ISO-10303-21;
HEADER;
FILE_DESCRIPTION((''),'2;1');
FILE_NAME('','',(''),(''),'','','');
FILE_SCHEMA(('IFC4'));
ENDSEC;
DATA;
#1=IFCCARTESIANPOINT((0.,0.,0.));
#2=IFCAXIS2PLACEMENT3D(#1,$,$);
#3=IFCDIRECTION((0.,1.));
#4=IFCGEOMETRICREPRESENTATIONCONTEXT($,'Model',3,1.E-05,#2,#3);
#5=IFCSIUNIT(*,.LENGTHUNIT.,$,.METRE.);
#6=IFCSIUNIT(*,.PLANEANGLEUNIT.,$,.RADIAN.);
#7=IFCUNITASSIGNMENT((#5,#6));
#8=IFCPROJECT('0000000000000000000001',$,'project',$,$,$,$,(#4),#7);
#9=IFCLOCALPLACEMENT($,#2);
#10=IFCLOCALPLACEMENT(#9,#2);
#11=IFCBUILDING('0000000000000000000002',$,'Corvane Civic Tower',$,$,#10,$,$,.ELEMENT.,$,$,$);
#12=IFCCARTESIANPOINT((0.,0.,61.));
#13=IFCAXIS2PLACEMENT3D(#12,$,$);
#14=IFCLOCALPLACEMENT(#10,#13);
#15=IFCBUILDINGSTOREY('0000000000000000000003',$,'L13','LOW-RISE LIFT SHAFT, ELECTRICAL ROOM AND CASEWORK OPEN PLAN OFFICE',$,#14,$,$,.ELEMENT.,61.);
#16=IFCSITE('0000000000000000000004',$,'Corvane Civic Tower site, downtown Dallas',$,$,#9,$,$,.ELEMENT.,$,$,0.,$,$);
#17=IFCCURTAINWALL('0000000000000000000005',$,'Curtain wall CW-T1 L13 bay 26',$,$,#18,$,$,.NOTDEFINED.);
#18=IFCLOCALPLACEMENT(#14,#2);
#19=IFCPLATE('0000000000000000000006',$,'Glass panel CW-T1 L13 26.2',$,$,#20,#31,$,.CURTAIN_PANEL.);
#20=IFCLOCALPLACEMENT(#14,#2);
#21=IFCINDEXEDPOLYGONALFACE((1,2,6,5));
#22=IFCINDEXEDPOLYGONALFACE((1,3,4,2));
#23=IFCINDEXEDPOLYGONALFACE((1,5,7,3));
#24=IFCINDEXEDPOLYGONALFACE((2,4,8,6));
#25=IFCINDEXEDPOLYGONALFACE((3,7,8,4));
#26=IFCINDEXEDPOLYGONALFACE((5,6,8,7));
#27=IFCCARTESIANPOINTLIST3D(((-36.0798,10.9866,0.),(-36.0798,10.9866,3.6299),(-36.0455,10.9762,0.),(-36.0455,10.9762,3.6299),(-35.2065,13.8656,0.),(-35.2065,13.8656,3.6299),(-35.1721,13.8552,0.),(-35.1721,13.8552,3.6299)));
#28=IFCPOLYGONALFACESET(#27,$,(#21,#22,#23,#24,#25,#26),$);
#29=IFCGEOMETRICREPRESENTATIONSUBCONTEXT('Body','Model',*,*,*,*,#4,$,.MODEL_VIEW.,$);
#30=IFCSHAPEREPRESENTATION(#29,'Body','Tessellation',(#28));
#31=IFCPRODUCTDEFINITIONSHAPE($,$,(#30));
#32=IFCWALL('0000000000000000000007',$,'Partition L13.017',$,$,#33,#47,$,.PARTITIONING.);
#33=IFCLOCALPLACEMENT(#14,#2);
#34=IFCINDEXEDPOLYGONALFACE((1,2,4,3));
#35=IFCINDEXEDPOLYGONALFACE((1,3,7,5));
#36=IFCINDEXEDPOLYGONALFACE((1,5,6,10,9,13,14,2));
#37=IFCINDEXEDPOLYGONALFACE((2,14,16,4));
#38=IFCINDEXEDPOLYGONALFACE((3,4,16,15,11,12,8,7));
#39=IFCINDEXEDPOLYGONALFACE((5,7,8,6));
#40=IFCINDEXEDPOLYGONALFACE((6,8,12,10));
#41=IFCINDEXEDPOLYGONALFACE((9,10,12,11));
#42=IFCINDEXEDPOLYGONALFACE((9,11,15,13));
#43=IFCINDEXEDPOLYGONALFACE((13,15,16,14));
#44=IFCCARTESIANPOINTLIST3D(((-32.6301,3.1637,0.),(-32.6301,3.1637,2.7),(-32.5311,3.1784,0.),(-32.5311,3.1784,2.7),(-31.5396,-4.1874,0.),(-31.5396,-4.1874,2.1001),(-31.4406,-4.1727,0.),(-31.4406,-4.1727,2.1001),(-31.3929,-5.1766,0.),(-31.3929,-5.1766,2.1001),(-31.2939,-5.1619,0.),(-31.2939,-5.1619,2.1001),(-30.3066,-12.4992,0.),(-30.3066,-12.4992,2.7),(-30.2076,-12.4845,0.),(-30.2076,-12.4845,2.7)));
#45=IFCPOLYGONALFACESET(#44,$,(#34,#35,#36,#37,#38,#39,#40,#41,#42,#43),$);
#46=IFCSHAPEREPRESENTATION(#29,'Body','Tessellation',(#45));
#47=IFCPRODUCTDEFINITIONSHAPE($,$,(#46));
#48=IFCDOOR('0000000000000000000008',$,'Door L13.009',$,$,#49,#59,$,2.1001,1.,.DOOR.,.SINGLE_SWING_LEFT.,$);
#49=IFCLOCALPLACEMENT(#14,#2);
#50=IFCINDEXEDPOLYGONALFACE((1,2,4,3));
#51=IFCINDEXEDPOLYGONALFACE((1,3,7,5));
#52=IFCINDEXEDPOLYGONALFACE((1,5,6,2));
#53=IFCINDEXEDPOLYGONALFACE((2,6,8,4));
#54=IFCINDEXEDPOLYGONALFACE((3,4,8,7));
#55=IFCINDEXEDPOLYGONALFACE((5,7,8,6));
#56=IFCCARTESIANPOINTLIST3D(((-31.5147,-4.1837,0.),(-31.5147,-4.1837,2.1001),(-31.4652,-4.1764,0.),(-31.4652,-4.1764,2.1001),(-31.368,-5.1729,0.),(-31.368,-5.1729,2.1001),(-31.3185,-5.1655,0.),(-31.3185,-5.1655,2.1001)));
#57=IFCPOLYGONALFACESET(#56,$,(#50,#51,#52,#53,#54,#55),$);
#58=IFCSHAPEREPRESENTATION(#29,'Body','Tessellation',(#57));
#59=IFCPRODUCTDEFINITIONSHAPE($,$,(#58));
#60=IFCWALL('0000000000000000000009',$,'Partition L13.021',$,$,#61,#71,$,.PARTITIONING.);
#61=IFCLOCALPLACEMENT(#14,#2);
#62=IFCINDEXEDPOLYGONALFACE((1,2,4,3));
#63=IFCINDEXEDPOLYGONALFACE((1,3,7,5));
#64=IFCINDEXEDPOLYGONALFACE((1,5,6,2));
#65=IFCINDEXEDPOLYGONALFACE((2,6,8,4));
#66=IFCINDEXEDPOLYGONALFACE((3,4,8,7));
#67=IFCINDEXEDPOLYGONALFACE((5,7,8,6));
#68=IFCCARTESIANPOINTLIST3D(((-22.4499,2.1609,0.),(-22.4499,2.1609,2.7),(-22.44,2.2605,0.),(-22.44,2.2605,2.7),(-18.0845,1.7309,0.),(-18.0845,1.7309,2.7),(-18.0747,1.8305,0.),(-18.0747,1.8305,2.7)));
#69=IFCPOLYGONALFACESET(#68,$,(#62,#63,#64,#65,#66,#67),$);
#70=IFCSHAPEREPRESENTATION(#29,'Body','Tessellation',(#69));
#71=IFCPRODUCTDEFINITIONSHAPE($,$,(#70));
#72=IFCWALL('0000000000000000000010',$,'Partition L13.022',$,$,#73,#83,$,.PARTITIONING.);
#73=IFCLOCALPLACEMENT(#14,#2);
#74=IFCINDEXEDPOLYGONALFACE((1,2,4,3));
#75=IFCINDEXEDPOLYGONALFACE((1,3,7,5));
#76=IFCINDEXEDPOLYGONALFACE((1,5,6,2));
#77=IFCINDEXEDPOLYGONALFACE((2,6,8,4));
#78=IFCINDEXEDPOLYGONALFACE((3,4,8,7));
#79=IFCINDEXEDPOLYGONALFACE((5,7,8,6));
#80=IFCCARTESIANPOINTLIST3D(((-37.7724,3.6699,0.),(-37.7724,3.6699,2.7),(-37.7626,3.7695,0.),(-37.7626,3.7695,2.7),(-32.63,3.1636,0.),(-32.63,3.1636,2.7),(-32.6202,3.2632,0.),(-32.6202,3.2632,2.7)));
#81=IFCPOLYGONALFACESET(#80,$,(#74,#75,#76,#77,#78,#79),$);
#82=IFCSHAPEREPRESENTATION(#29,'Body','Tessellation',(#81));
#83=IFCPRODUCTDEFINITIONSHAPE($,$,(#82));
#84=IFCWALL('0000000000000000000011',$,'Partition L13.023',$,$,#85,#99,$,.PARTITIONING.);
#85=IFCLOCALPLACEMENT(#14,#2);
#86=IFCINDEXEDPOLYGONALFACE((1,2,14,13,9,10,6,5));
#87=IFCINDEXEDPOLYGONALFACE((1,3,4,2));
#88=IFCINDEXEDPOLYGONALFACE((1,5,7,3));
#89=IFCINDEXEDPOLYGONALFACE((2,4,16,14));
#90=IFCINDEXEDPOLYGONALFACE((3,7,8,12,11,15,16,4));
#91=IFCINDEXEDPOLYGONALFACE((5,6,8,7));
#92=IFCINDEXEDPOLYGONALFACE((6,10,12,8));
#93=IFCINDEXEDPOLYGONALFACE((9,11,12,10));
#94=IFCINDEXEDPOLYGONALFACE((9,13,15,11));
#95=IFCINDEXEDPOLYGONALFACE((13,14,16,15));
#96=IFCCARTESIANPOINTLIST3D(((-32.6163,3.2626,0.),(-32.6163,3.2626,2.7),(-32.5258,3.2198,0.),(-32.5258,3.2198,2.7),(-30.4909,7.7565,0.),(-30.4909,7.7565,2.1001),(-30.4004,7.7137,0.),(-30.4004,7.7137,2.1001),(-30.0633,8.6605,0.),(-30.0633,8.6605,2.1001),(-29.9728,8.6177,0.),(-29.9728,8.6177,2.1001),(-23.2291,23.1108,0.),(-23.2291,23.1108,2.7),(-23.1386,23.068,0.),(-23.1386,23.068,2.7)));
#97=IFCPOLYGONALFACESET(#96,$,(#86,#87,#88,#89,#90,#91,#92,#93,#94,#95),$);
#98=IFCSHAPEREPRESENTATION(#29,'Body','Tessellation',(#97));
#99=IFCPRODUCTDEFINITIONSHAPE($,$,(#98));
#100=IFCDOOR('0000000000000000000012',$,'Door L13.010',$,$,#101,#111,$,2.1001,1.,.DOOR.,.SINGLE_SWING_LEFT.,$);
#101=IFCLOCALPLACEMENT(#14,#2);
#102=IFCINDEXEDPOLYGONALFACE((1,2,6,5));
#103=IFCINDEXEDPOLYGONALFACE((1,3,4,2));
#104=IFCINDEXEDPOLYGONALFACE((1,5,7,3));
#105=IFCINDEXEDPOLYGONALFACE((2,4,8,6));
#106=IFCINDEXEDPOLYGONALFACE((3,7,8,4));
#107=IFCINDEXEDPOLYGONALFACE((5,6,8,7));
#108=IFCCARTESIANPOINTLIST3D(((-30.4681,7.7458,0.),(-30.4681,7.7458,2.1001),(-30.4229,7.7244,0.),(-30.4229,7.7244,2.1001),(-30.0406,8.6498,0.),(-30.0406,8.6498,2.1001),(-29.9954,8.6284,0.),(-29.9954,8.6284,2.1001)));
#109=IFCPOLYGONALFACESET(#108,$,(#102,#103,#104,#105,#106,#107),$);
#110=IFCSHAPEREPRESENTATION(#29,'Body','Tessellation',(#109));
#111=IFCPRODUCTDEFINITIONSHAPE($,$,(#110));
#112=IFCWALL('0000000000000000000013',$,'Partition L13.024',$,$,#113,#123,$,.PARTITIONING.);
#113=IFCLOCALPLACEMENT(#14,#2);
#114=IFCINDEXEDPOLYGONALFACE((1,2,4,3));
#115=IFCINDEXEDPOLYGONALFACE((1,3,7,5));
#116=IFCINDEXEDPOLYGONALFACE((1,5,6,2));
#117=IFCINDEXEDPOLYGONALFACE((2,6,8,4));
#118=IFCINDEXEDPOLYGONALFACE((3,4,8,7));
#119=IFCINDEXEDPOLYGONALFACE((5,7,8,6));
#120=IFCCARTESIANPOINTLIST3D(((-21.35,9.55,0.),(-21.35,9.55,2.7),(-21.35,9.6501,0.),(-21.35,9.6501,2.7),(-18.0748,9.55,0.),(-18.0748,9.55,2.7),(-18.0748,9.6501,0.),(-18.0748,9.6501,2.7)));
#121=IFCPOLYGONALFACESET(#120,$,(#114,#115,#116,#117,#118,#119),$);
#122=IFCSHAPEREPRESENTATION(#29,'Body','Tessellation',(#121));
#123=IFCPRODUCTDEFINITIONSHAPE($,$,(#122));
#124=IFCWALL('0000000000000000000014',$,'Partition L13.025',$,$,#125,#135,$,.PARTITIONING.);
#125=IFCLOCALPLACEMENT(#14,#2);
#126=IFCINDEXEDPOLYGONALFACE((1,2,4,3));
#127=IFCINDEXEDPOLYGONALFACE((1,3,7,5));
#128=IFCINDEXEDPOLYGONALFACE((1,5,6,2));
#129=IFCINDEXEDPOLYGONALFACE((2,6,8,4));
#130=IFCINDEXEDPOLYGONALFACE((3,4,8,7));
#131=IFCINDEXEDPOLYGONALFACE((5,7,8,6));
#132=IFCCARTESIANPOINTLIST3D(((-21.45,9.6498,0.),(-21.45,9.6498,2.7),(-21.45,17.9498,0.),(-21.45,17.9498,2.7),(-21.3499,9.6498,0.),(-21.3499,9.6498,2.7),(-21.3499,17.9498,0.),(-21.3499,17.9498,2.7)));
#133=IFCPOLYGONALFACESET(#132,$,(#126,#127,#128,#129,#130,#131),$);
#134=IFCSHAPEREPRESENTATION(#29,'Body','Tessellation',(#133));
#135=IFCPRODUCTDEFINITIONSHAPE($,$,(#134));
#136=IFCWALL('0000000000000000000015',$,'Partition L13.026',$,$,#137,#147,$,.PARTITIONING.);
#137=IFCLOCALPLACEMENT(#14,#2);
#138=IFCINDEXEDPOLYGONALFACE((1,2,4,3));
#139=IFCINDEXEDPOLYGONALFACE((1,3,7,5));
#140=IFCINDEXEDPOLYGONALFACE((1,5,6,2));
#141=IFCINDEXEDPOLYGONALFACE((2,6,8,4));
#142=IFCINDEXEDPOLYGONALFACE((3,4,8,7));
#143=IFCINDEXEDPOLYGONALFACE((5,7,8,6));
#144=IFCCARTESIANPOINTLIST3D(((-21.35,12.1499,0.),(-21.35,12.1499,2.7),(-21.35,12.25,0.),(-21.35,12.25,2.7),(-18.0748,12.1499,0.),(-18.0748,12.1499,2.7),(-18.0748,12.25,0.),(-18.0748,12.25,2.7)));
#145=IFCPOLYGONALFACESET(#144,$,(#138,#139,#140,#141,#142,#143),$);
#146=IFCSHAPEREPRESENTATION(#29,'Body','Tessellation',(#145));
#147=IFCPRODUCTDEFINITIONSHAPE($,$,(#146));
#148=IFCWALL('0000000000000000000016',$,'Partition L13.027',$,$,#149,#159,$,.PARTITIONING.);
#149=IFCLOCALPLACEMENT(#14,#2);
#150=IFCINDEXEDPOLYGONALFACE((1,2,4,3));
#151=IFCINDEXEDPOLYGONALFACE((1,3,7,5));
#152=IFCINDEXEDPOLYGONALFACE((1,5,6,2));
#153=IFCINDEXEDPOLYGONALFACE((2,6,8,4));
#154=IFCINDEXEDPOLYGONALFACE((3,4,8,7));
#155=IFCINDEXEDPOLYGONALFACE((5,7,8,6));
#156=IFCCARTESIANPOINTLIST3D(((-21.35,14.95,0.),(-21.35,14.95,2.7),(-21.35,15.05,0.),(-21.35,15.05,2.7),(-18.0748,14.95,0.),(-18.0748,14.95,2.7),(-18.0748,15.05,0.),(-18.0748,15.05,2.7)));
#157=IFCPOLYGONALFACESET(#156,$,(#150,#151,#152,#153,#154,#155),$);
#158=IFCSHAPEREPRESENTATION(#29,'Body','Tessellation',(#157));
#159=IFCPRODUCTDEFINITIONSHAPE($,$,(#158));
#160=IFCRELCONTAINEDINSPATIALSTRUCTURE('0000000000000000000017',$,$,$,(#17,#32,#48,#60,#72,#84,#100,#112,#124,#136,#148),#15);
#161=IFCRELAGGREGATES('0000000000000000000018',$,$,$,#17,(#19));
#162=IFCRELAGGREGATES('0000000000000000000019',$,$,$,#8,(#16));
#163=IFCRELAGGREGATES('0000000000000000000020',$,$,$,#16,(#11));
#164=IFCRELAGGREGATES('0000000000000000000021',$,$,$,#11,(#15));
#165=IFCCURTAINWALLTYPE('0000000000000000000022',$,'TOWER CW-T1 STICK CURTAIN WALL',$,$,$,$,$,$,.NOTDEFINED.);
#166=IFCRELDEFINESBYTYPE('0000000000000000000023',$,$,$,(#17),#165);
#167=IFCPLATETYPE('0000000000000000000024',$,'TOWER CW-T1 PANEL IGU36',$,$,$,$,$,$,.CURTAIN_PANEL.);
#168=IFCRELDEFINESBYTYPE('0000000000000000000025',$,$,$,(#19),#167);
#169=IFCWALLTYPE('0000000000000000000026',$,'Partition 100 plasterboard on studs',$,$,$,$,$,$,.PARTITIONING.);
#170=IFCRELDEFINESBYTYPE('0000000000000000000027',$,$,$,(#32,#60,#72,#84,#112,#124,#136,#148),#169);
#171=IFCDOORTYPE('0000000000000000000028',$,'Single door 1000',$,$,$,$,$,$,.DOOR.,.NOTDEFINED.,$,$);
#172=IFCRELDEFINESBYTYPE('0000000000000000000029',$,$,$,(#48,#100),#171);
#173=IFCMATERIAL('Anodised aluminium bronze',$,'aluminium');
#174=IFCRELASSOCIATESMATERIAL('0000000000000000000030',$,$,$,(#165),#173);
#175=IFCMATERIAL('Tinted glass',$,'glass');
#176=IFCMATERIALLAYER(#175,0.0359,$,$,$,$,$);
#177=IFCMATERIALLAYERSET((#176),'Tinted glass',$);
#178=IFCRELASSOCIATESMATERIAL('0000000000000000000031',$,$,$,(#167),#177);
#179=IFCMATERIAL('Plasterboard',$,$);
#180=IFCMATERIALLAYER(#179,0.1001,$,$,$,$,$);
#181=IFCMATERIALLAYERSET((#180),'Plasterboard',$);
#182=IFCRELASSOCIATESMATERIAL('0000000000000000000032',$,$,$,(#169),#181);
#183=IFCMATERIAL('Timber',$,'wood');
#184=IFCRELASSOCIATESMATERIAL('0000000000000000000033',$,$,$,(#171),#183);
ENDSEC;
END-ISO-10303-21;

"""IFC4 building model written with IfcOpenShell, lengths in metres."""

from ifc_helpers import new_model, si_unit, direction, frame, frame_2d, origin, origin_2d, place, context, subcontext, project, spatial, rectangle, extrude, material, layer, layer_set, type_object, element, fill, aggregate, save


model = new_model("IFC4")

# Units and contexts
model_context = context("Model", 3, precision=1e-05, world=origin(), true_north=direction((0.0, 1.0)))
body_context = subcontext(model_context, "Body", "Model", "MODEL_VIEW")
ifc_project = project(units=[si_unit("LENGTHUNIT", "METRE"), si_unit("PLANEANGLEUNIT", "RADIAN")], contexts=[model_context])

# Site, building, storey
site_placement = place(None, origin())
site = spatial("IfcSite", under=ifc_project, at=site_placement, Name="Corvane Civic Tower site, downtown Dallas", CompositionType="ELEMENT", RefElevation=0.0)
building_placement = place(site_placement, origin())
building = spatial("IfcBuilding", under=site, at=building_placement, Name="Corvane Civic Tower", CompositionType="ELEMENT")
storey_placement = place(building_placement, frame((0.0, 0.0, 61.0)))
storey = spatial("IfcBuildingStorey", under=building, at=storey_placement, Name="L13", Description="LOW-RISE LIFT SHAFT, ELECTRICAL ROOM AND CASEWORK OPEN PLAN OFFICE", CompositionType="ELEMENT", Elevation=61.0)

# Curtain wall
ifc_material_1 = material(Name="Anodised aluminium bronze", Category="aluminium")
curtain_wall_type = type_object("IfcCurtainWallType", Name="TOWER CW-T1 STICK CURTAIN WALL", PredefinedType="NOTDEFINED", material=ifc_material_1)
curtain_wall_1_placement = place(storey_placement, origin())
curtain_wall_1 = element("IfcCurtainWall", 1, at=curtain_wall_1_placement, inside=storey, type_object=curtain_wall_type, Name="Curtain wall CW-T1 L13 bay 26", PredefinedType="NOTDEFINED")

# Plate
ifc_material_2 = material(Name="Tinted glass", Category="glass")
ifc_layer_1 = layer(ifc_material_2, 0.0359)
ifc_layer_set_1 = layer_set([ifc_layer_1], Name="Tinted glass")
plate_type = type_object("IfcPlateType", Name="TOWER CW-T1 PANEL IGU36", PredefinedType="CURTAIN_PANEL", material=ifc_layer_set_1)
plate_1_placement = place(storey_placement, frame((-35.626, 12.4209, 0.0), z_axis=(0.0, 0.0, 1.0), x_axis=(0.290278, 0.956942, 0.0)))
plate_1 = element("IfcPlate", 2, at=plate_1_placement, type_object=plate_type, Name="Glass panel CW-T1 L13 26.2", PredefinedType="CURTAIN_PANEL", context=body_context, shape_type="SweptSolid", body=[
    extrude(rectangle(XDim=3.0085, YDim=0.0359, at=origin_2d()), origin(), (0.0, 0.0, 1.0), 3.6299),
])
aggregate(curtain_wall_1, [plate_1])

# Wall, opening, door
ifc_material_3 = material(Name="Plasterboard")
ifc_layer_2 = layer(ifc_material_3, 0.1001)
ifc_layer_set_2 = layer_set([ifc_layer_2], Name="Plasterboard")
wall_type = type_object("IfcWallType", Name="Partition 100 plasterboard on studs", PredefinedType="PARTITIONING", material=ifc_layer_set_2)
wall_1_placement = place(storey_placement, frame((-32.5806, 3.1709, 0.0), z_axis=(0.0, 0.0, 1.0), x_axis=(0.146738, -0.989175, 0.0)))
wall_1 = element("IfcWall", 3, at=wall_1_placement, inside=storey, type_object=wall_type, Name="Partition L13.017", PredefinedType="PARTITIONING", context=body_context, shape_type="SweptSolid", body=[
    extrude(rectangle(XDim=15.8342, YDim=0.1001, at=frame_2d((7.917, 0.0))), origin(), (0.0, 0.0, 1.0), 2.7),
])
opening_1_placement = place(wall_1_placement, frame((7.4314, 0.0, 0.0)))
opening_1 = element("IfcOpeningElement", 4, at=opening_1_placement, cuts=wall_1, PredefinedType="OPENING", context=body_context, shape_type="SweptSolid", body=[
    extrude(rectangle(XDim=1.0, YDim=2.1001, at=frame_2d((0.5, 1.05))), frame((0.0, 0.0601, 0.0), z_axis=(0.0, -1.0, 0.0), x_axis=(1.0, 0.0, 0.0)), (0.0, 0.0, 1.0), 0.1201),
])
ifc_material_4 = material(Name="Timber", Category="wood")
door_type = type_object("IfcDoorType", Name="Single door 1000", OperationType="NOTDEFINED", PredefinedType="DOOR", material=ifc_material_4)
door_1_placement = place(opening_1_placement, frame((1.0, 0.0, 0.0), z_axis=(0.0, 0.0, 1.0), x_axis=(-1.0, 0.0, 0.0)))
door_1 = element("IfcDoor", 5, at=door_1_placement, inside=storey, type_object=door_type, Name="Door L13.009", OperationType="SINGLE_SWING_LEFT", OverallHeight=2.1001, OverallWidth=1.0, PredefinedType="DOOR", context=body_context, shape_type="SweptSolid", body=[
    extrude(rectangle(XDim=1.0, YDim=2.1001, at=frame_2d((0.5, 1.05))), frame((0.0, 0.0249, 0.0), z_axis=(0.0, -1.0, 0.0), x_axis=(1.0, 0.0, 0.0)), (0.0, 0.0, 1.0), 0.05),
])
fill(opening_1, door_1)

# Walls
wall_2_placement = place(storey_placement, frame((-22.4451, 2.2107, 0.0), z_axis=(0.0, 0.0, 1.0), x_axis=(0.995185, -0.098016, 0.0)))
element("IfcWall", 6, at=wall_2_placement, inside=storey, type_object=wall_type, Name="Partition L13.021", PredefinedType="PARTITIONING", context=body_context, shape_type="SweptSolid", body=[
    extrude(rectangle(XDim=4.3865, YDim=0.1001, at=frame_2d((2.1934, 0.0))), origin(), (0.0, 0.0, 1.0), 2.7),
])
wall_3_placement = place(storey_placement, frame((-37.7673, 3.7197, 0.0), z_axis=(0.0, 0.0, 1.0), x_axis=(0.995187, -0.097993, 0.0)))
element("IfcWall", 7, at=wall_3_placement, inside=storey, type_object=wall_type, Name="Partition L13.022", PredefinedType="PARTITIONING", context=body_context, shape_type="SweptSolid", body=[
    extrude(rectangle(XDim=5.1672, YDim=0.1001, at=frame_2d((2.5835, 0.0))), origin(), (0.0, 0.0, 1.0), 2.7),
])

# Wall, opening, door
wall_4_placement = place(storey_placement, frame((-32.571, 3.2412, 0.0), z_axis=(0.0, 0.0, 1.0), x_axis=(0.427545, 0.903994, 0.0)))
wall_4 = element("IfcWall", 8, at=wall_4_placement, inside=storey, type_object=wall_type, Name="Partition L13.023", PredefinedType="PARTITIONING", context=body_context, shape_type="SweptSolid", body=[
    extrude(rectangle(XDim=21.9561, YDim=0.1001, at=frame_2d((10.978, 0.0))), origin(), (0.0, 0.0, 1.0), 2.7),
])
opening_2_placement = place(wall_4_placement, frame((4.9712, 0.0, 0.0)))
opening_2 = element("IfcOpeningElement", 9, at=opening_2_placement, cuts=wall_4, PredefinedType="OPENING", context=body_context, shape_type="SweptSolid", body=[
    extrude(rectangle(XDim=1.0, YDim=2.1001, at=frame_2d((0.5, 1.05))), frame((0.0, 0.0601, 0.0), z_axis=(0.0, -1.0, 0.0), x_axis=(1.0, 0.0, 0.0)), (0.0, 0.0, 1.0), 0.1201),
])
door_2_placement = place(opening_2_placement, origin())
door_2 = element("IfcDoor", 10, at=door_2_placement, inside=storey, type_object=door_type, Name="Door L13.010", OperationType="SINGLE_SWING_LEFT", OverallHeight=2.1001, OverallWidth=1.0, PredefinedType="DOOR", context=body_context, shape_type="SweptSolid", body=[
    extrude(rectangle(XDim=1.0, YDim=2.1001, at=frame_2d((0.5, 1.05))), frame((0.0, 0.0249, 0.0), z_axis=(0.0, -1.0, 0.0), x_axis=(1.0, 0.0, 0.0)), (0.0, 0.0, 1.0), 0.05),
])
fill(opening_2, door_2)

# Walls
wall_5_placement = place(storey_placement, frame((-21.3501, 9.6001, 0.0), z_axis=(0.0, 0.0, 1.0), x_axis=(1.0, 0.0, 0.0)))
element("IfcWall", 11, at=wall_5_placement, inside=storey, type_object=wall_type, Name="Partition L13.024", PredefinedType="PARTITIONING", context=body_context, shape_type="SweptSolid", body=[
    extrude(rectangle(XDim=3.2751, YDim=0.1001, at=frame_2d((1.6377, 0.0))), origin(), (0.0, 0.0, 1.0), 2.7),
])
wall_6_placement = place(storey_placement, frame((-21.3999, 9.6499, 0.0), z_axis=(0.0, 0.0, 1.0), x_axis=(0.0, 1.0, 0.0)))
element("IfcWall", 12, at=wall_6_placement, inside=storey, type_object=wall_type, Name="Partition L13.025", PredefinedType="PARTITIONING", context=body_context, shape_type="SweptSolid", body=[
    extrude(rectangle(XDim=8.3, YDim=0.1001, at=frame_2d((4.1499, 0.0))), origin(), (0.0, 0.0, 1.0), 2.7),
])
for number, where, z_axis, x_axis, name in (
    (13, (-21.3501, 12.2, 0.0), (0.0, 0.0, 1.0), (1.0, 0.0, 0.0), "Partition L13.026"),
    (14, (-21.3501, 15.0, 0.0), (0.0, 0.0, 1.0), (1.0, 0.0, 0.0), "Partition L13.027"),
):
    element("IfcWall", number, at=place(storey_placement, frame(where, z_axis=z_axis, x_axis=x_axis)), inside=storey, type_object=wall_type, Name=name, PredefinedType="PARTITIONING", context=body_context, shape_type="SweptSolid", body=[
        extrude(rectangle(XDim=3.2751, YDim=0.1001, at=frame_2d((1.6377, 0.0))), origin(), (0.0, 0.0, 1.0), 2.7),
    ])

save(model, "model.ifc")
